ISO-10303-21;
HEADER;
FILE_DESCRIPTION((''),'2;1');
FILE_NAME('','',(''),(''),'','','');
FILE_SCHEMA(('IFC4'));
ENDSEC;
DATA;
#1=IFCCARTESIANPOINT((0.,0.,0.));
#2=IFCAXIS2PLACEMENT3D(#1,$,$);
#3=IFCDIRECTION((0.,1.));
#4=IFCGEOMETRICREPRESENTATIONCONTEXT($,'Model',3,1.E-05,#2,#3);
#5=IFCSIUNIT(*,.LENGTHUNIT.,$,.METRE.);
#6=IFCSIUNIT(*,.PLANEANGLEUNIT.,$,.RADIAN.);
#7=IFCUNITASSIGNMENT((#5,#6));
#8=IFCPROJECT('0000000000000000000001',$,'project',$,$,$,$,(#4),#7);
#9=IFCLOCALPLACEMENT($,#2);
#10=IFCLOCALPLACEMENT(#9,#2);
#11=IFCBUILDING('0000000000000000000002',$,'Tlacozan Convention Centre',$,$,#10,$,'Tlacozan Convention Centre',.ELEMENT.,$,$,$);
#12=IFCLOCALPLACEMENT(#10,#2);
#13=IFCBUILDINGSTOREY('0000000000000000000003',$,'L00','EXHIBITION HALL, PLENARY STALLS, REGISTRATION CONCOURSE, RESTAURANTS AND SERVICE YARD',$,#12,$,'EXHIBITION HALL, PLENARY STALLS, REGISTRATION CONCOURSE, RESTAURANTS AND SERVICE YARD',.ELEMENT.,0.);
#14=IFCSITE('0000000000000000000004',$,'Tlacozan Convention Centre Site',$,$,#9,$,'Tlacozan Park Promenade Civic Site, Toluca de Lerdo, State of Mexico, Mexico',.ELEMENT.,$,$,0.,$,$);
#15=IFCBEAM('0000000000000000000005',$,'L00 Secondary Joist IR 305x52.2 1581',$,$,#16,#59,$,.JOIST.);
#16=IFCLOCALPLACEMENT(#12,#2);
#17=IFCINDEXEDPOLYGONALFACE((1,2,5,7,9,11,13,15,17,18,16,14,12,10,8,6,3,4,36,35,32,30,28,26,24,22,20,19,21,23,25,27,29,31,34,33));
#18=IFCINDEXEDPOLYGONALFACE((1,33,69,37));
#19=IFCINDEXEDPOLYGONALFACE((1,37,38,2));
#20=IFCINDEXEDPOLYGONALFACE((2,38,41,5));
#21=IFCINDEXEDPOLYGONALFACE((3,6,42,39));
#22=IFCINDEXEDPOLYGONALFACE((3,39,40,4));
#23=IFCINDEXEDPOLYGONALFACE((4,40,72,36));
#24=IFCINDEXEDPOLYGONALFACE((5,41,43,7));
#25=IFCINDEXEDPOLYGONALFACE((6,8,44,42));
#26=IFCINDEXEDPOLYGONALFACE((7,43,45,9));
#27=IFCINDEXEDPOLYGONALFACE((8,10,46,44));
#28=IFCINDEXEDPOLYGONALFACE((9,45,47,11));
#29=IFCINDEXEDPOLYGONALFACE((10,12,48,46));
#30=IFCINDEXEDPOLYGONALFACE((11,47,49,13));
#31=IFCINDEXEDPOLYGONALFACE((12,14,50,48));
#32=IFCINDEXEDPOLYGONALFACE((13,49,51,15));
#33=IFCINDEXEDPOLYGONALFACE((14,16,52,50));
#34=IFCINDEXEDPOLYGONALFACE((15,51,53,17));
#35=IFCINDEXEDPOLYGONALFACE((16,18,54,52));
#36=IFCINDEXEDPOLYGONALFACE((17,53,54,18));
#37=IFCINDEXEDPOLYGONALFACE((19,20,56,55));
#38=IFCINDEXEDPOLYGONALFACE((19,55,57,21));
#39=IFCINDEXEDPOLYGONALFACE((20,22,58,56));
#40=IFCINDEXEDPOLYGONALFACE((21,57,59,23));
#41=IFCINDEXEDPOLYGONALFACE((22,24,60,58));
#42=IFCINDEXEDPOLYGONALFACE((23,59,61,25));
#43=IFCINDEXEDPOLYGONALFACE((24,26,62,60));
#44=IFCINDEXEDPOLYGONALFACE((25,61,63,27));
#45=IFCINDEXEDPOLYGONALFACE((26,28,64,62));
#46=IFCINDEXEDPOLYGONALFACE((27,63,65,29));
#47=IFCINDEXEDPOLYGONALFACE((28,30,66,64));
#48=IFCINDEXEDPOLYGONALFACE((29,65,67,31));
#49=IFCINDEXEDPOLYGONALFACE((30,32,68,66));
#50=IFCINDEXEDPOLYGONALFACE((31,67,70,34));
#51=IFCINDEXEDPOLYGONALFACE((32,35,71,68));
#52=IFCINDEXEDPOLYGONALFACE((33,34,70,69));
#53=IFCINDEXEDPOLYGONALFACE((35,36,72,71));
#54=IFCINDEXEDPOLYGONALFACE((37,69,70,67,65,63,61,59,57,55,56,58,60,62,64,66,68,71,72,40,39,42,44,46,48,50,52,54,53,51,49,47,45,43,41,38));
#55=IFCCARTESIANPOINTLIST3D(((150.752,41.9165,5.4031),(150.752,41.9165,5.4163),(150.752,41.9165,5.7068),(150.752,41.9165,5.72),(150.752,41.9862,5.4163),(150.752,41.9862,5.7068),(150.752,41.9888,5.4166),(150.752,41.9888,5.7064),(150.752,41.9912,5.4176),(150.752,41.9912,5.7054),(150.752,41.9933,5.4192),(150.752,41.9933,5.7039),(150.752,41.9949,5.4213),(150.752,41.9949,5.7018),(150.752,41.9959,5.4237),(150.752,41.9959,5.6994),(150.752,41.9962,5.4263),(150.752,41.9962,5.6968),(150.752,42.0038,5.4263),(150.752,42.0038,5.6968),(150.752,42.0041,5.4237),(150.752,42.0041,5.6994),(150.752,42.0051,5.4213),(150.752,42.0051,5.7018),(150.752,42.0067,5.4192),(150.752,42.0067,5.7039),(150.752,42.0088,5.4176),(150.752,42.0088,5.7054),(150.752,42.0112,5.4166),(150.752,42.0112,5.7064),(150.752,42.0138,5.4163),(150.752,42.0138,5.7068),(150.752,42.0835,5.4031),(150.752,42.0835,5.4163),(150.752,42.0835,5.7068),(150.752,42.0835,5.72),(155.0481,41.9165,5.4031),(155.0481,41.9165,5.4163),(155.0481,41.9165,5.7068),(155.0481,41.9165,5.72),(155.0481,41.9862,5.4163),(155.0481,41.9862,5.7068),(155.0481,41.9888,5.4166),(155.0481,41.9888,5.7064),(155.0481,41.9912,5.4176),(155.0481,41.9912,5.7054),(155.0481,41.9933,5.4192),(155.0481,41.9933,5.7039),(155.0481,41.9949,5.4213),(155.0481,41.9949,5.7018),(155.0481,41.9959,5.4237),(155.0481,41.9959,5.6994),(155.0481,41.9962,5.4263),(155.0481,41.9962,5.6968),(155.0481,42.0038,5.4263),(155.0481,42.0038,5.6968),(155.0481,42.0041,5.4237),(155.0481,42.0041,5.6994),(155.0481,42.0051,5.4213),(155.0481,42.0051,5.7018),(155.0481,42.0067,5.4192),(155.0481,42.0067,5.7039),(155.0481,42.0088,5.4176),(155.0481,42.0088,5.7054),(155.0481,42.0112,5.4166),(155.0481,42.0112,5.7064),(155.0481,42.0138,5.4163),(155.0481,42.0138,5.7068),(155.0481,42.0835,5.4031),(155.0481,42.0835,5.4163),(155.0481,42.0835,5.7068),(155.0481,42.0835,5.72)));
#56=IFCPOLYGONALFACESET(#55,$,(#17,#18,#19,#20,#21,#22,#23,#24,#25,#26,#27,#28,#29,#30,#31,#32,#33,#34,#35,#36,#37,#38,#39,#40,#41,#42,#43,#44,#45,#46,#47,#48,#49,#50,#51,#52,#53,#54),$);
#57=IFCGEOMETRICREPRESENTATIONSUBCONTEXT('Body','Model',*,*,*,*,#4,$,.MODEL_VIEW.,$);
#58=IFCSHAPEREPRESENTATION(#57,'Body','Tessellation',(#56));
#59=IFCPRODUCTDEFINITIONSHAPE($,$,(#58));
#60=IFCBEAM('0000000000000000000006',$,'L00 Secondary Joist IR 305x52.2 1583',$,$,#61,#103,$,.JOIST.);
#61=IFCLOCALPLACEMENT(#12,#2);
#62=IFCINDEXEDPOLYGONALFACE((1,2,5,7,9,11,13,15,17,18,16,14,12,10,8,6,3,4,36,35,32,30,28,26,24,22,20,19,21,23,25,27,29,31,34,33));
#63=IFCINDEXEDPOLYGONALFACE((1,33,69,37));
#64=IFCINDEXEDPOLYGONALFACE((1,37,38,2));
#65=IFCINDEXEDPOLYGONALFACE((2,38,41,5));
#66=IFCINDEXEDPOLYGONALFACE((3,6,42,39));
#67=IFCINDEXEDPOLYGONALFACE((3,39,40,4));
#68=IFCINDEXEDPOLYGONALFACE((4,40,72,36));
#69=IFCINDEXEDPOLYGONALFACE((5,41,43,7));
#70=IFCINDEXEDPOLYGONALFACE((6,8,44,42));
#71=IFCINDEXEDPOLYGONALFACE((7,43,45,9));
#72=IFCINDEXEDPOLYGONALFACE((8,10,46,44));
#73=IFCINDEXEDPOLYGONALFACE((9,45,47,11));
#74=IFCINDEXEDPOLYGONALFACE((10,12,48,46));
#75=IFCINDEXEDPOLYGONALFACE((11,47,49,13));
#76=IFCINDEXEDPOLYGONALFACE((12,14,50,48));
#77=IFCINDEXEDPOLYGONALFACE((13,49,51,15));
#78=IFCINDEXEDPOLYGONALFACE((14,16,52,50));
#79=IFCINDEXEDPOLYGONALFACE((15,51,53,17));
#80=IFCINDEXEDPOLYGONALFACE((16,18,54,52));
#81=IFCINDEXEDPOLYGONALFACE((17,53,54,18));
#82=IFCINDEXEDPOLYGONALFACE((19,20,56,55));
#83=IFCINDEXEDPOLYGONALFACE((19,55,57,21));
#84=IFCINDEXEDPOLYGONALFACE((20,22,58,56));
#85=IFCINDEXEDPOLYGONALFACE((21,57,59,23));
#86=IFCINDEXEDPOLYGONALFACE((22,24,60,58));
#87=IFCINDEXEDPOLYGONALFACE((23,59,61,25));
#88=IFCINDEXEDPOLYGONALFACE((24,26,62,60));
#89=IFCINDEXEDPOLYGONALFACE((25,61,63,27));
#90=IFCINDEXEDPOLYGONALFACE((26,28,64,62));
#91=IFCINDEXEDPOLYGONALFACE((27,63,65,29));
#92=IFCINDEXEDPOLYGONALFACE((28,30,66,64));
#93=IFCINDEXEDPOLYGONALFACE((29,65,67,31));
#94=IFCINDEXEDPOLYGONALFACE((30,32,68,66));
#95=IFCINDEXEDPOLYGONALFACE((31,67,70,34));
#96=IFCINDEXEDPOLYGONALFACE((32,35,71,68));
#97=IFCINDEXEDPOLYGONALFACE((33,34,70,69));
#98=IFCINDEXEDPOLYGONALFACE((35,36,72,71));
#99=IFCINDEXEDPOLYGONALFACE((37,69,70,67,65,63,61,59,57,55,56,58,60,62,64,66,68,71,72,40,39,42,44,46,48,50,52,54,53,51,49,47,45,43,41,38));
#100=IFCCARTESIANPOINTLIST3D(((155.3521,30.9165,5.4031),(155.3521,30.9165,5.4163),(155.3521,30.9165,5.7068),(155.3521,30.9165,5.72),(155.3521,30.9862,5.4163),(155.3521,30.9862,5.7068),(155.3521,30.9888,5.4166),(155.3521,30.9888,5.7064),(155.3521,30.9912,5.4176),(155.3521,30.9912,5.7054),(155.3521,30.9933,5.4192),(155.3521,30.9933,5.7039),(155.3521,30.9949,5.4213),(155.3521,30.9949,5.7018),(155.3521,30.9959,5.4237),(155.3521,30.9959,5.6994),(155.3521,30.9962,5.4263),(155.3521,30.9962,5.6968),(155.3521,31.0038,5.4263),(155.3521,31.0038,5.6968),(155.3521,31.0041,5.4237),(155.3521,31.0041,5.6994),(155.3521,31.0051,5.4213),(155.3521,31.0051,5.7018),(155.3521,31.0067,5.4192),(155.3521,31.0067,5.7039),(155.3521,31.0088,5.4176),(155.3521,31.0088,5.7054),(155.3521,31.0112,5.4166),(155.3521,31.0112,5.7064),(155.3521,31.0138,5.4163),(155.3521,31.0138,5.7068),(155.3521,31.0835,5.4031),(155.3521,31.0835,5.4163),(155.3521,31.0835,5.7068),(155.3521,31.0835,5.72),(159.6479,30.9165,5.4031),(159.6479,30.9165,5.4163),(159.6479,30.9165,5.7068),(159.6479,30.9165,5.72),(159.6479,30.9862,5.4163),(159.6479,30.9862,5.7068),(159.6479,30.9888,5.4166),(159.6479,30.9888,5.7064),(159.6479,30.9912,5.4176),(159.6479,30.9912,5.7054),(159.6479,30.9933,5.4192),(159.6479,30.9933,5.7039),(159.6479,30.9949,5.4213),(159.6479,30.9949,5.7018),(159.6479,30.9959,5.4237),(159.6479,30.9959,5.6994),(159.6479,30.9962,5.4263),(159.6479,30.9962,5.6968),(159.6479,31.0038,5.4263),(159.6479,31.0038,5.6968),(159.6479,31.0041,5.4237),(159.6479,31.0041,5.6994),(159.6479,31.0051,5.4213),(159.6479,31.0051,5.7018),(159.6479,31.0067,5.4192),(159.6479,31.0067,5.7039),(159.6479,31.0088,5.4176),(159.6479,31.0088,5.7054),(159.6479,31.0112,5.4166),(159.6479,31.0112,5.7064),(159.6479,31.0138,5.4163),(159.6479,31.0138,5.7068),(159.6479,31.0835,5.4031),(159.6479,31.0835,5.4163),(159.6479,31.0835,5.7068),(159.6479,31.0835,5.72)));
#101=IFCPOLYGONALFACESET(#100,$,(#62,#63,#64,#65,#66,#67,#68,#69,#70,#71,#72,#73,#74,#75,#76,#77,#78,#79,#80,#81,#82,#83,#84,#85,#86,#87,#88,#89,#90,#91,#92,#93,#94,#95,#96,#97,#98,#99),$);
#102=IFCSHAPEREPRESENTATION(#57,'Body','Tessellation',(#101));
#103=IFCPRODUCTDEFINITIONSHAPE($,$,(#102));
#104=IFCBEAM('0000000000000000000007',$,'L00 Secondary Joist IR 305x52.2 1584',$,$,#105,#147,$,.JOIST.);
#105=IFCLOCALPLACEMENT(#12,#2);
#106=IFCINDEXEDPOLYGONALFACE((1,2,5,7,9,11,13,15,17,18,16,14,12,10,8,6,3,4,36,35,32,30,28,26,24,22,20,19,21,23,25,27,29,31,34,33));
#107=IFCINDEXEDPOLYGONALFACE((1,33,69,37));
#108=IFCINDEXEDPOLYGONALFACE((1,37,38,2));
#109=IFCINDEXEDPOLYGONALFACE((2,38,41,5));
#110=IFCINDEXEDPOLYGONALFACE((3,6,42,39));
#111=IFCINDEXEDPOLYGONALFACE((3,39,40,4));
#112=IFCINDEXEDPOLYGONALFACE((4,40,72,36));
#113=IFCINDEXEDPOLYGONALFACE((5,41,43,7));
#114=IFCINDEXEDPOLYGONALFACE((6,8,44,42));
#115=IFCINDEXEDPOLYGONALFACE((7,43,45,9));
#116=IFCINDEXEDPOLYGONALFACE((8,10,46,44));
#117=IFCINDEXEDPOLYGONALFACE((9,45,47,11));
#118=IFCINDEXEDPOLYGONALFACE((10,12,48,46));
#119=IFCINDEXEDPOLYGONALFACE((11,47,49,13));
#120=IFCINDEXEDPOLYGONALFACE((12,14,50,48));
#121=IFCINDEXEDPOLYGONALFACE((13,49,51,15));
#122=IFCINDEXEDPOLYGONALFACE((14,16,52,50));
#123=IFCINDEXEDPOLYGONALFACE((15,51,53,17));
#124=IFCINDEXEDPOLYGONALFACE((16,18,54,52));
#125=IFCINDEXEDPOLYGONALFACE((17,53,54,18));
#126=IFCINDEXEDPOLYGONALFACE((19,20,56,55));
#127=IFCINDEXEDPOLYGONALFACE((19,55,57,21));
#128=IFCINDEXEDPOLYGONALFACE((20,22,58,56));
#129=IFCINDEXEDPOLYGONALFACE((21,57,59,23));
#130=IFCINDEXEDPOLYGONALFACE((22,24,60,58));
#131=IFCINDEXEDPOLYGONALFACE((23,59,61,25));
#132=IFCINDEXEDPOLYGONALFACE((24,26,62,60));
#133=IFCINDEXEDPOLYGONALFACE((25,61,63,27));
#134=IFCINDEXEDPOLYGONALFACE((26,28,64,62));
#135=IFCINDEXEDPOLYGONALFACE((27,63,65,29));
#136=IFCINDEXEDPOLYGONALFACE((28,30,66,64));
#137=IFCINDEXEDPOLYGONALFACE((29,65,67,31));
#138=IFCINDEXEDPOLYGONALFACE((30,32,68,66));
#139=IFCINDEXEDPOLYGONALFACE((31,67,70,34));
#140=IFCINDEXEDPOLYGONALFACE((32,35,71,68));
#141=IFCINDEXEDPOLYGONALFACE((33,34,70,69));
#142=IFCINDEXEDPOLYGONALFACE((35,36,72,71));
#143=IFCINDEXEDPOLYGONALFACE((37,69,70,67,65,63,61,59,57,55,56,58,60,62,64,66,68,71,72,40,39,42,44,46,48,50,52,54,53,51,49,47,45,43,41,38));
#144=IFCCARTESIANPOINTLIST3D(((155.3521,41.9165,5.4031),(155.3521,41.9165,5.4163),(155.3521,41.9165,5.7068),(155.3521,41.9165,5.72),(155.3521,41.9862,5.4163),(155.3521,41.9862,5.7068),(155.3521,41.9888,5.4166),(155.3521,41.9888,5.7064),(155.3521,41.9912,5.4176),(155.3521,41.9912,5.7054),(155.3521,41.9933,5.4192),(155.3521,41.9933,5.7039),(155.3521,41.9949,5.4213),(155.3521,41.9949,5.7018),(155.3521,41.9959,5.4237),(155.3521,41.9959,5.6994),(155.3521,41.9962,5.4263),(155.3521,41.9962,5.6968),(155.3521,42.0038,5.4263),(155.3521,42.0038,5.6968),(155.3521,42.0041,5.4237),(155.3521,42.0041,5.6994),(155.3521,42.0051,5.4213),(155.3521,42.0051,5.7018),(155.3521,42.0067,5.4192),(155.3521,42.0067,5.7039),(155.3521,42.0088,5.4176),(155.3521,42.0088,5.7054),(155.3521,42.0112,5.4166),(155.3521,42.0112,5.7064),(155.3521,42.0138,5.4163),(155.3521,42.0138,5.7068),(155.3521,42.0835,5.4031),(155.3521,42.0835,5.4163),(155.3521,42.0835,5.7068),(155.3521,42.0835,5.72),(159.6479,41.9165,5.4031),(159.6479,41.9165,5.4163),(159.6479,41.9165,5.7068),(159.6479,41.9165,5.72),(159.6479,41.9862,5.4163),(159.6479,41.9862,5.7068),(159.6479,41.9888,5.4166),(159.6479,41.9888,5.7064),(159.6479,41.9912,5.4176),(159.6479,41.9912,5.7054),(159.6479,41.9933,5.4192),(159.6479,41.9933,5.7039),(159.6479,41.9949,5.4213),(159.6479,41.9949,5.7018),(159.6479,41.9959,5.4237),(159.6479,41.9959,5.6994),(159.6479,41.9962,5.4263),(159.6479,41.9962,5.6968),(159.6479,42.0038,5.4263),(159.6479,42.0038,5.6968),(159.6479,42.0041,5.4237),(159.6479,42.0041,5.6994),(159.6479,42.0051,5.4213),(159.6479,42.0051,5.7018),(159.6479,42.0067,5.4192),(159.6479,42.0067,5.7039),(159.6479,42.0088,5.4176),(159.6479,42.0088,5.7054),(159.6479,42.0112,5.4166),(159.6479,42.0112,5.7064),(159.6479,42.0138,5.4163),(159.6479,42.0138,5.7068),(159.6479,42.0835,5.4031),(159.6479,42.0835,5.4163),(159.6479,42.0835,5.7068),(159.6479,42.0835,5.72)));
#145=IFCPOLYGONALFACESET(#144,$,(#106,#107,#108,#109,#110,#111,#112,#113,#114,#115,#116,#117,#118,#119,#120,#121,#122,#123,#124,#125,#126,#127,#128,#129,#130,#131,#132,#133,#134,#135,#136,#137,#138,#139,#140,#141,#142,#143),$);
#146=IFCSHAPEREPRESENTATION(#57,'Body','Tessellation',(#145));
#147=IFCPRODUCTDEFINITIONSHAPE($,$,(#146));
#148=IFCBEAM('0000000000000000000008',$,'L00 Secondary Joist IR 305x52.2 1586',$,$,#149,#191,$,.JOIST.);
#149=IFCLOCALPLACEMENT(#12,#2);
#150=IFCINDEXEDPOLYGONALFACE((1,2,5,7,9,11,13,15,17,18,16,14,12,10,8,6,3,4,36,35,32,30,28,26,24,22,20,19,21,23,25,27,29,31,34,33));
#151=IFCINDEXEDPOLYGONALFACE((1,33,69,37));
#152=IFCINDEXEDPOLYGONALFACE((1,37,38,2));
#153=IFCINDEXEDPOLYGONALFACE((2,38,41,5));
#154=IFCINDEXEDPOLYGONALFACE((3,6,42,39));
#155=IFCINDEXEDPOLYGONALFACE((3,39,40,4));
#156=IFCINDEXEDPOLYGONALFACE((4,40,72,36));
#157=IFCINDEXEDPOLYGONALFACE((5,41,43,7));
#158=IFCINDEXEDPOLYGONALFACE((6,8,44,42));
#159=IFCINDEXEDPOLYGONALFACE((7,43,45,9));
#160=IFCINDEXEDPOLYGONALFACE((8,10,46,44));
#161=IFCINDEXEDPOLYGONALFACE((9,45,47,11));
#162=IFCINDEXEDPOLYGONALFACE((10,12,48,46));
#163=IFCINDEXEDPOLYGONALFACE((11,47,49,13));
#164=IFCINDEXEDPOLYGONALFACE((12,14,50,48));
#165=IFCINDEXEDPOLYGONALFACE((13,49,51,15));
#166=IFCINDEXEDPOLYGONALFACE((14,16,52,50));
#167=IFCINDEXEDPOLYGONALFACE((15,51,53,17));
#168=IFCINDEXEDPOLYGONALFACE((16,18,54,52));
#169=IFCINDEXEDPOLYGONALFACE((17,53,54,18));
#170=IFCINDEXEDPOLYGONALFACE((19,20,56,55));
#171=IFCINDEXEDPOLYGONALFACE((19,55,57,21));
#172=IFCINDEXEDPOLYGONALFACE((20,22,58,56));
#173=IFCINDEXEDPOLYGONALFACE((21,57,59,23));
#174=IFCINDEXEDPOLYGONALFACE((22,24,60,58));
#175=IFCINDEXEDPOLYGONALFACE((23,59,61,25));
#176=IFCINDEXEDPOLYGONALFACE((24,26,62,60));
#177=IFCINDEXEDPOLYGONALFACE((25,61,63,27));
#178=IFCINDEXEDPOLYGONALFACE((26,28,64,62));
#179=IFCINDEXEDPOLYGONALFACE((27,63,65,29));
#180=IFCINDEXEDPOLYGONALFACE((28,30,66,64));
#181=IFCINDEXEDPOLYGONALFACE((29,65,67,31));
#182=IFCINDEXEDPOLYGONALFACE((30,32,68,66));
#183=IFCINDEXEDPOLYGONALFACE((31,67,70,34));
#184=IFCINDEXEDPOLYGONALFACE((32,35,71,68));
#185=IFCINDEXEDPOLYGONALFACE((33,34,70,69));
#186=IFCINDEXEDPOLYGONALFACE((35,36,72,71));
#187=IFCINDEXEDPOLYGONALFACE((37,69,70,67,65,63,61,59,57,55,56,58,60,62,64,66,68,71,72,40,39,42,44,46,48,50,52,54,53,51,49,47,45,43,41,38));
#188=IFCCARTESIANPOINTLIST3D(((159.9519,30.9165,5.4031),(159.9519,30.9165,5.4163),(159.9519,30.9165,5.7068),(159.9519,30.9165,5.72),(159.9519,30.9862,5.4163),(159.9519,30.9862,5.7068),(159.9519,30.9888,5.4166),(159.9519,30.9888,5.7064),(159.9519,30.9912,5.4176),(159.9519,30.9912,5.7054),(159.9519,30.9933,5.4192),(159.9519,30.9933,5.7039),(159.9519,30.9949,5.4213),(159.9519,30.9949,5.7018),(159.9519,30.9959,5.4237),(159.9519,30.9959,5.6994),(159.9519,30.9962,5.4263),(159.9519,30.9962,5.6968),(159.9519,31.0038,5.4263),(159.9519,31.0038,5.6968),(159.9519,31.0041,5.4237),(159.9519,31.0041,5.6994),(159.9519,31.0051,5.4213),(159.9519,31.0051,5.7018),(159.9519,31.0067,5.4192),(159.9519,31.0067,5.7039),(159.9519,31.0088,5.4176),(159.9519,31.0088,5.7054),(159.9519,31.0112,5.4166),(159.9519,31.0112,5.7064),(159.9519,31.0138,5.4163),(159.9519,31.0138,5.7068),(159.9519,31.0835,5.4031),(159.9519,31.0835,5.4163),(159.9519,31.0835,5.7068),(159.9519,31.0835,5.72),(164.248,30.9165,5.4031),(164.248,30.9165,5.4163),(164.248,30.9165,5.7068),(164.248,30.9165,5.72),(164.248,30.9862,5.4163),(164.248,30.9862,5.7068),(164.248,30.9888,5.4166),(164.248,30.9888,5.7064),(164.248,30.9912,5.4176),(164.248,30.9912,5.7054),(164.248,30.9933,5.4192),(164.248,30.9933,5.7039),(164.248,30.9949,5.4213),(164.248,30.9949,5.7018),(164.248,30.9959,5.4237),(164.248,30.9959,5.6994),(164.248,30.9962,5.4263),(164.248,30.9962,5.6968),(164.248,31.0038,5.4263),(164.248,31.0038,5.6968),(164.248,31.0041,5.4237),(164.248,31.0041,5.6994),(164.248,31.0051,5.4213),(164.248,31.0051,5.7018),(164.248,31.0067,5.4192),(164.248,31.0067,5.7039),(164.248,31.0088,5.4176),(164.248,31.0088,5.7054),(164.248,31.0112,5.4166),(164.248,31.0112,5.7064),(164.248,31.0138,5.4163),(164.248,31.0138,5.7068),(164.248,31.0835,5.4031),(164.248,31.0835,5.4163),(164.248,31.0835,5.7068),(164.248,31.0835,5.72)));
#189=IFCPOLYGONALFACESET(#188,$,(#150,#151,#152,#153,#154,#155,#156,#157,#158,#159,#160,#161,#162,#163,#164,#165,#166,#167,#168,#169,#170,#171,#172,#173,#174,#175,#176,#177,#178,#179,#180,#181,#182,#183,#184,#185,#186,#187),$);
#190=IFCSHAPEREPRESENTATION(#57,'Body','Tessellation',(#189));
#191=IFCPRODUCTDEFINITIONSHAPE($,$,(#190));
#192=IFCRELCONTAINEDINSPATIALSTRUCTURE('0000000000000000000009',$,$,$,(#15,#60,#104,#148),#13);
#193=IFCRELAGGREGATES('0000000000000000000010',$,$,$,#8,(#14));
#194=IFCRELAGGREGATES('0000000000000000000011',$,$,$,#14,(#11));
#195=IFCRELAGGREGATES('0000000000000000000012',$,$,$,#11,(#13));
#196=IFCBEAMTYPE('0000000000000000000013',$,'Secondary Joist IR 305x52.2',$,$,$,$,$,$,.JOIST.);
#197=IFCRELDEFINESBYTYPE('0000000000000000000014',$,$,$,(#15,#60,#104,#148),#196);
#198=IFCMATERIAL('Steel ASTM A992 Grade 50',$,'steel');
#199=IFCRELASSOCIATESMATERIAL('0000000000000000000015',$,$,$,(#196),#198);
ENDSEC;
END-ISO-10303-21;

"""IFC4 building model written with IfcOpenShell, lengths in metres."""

from ifc_helpers import new_model, si_unit, direction, frame, origin, origin_2d, place, context, subcontext, project, spatial, i_section, extrude, material, material_profile, profile_set, type_object, element, save


model = new_model("IFC4")

# Units and contexts
model_context = context("Model", 3, precision=1e-05, world=origin(), true_north=direction((0.0, 1.0)))
body_context = subcontext(model_context, "Body", "Model", "MODEL_VIEW")
ifc_project = project(units=[si_unit("LENGTHUNIT", "METRE"), si_unit("PLANEANGLEUNIT", "RADIAN")], contexts=[model_context])

# Site, building, storey
site_placement = place(None, origin())
site = spatial("IfcSite", under=ifc_project, at=site_placement, Name="Tlacozan Convention Centre Site", LongName="Tlacozan Park Promenade Civic Site, Toluca de Lerdo, State of Mexico, Mexico", CompositionType="ELEMENT", RefElevation=0.0)
building_placement = place(site_placement, origin())
building = spatial("IfcBuilding", under=site, at=building_placement, Name="Tlacozan Convention Centre", LongName="Tlacozan Convention Centre", CompositionType="ELEMENT")
storey_placement = place(building_placement, origin())
storey = spatial("IfcBuildingStorey", under=building, at=storey_placement, Name="L00", Description="EXHIBITION HALL, PLENARY STALLS, REGISTRATION CONCOURSE, RESTAURANTS AND SERVICE YARD", LongName="EXHIBITION HALL, PLENARY STALLS, REGISTRATION CONCOURSE, RESTAURANTS AND SERVICE YARD", CompositionType="ELEMENT", Elevation=0.0)

# Beams
ifc_material_1 = material(Name="Steel ASTM A992 Grade 50", Category="steel")
ifc_material_profile_1 = material_profile(ifc_material_1, i_section(OverallWidth=0.167, OverallDepth=0.3169, WebThickness=0.0076, FlangeThickness=0.0132, FilletRadius=0.01, at=origin_2d()), Name="IR 305x52.2")
ifc_profile_set_1 = profile_set([ifc_material_profile_1], Name="Steel ASTM A992 Grade 50")
beam_type = type_object("IfcBeamType", Name="Secondary Joist IR 305x52.2", PredefinedType="JOIST", material=ifc_profile_set_1)
for number, where, z_axis, x_axis, name in (
    (1, (150.752, 42.0, 5.5615), (1.0, 0.0, 0.0), (0.0, 1.0, 0.0), "L00 Secondary Joist IR 305x52.2 1581"),
):
    element("IfcBeam", number, at=place(storey_placement, frame(where, z_axis=z_axis, x_axis=x_axis)), inside=storey, type_object=beam_type, Name=name, PredefinedType="JOIST", context=body_context, shape_type="SweptSolid", body=[
        extrude(i_section(OverallWidth=0.167, OverallDepth=0.3169, WebThickness=0.0076, FlangeThickness=0.0132, FilletRadius=0.01, at=origin_2d()), origin(), (0.0, 0.0, 1.0), 4.2961),
    ])
for number, where, z_axis, x_axis, name in (
    (2, (155.3521, 31.0, 5.5615), (1.0, 0.0, 0.0), (0.0, 1.0, 0.0), "L00 Secondary Joist IR 305x52.2 1583"),
    (3, (155.3521, 42.0, 5.5615), (1.0, 0.0, 0.0), (0.0, 1.0, 0.0), "L00 Secondary Joist IR 305x52.2 1584"),
):
    element("IfcBeam", number, at=place(storey_placement, frame(where, z_axis=z_axis, x_axis=x_axis)), inside=storey, type_object=beam_type, Name=name, PredefinedType="JOIST", context=body_context, shape_type="SweptSolid", body=[
        extrude(i_section(OverallWidth=0.167, OverallDepth=0.3169, WebThickness=0.0076, FlangeThickness=0.0132, FilletRadius=0.01, at=origin_2d()), origin(), (0.0, 0.0, 1.0), 4.2959),
    ])
for number, where, z_axis, x_axis, name in (
    (4, (159.9519, 31.0, 5.5615), (1.0, 0.0, 0.0), (0.0, 1.0, 0.0), "L00 Secondary Joist IR 305x52.2 1586"),
):
    element("IfcBeam", number, at=place(storey_placement, frame(where, z_axis=z_axis, x_axis=x_axis)), inside=storey, type_object=beam_type, Name=name, PredefinedType="JOIST", context=body_context, shape_type="SweptSolid", body=[
        extrude(i_section(OverallWidth=0.167, OverallDepth=0.3169, WebThickness=0.0076, FlangeThickness=0.0132, FilletRadius=0.01, at=origin_2d()), origin(), (0.0, 0.0, 1.0), 4.2961),
    ])

save(model, "model.ifc")
